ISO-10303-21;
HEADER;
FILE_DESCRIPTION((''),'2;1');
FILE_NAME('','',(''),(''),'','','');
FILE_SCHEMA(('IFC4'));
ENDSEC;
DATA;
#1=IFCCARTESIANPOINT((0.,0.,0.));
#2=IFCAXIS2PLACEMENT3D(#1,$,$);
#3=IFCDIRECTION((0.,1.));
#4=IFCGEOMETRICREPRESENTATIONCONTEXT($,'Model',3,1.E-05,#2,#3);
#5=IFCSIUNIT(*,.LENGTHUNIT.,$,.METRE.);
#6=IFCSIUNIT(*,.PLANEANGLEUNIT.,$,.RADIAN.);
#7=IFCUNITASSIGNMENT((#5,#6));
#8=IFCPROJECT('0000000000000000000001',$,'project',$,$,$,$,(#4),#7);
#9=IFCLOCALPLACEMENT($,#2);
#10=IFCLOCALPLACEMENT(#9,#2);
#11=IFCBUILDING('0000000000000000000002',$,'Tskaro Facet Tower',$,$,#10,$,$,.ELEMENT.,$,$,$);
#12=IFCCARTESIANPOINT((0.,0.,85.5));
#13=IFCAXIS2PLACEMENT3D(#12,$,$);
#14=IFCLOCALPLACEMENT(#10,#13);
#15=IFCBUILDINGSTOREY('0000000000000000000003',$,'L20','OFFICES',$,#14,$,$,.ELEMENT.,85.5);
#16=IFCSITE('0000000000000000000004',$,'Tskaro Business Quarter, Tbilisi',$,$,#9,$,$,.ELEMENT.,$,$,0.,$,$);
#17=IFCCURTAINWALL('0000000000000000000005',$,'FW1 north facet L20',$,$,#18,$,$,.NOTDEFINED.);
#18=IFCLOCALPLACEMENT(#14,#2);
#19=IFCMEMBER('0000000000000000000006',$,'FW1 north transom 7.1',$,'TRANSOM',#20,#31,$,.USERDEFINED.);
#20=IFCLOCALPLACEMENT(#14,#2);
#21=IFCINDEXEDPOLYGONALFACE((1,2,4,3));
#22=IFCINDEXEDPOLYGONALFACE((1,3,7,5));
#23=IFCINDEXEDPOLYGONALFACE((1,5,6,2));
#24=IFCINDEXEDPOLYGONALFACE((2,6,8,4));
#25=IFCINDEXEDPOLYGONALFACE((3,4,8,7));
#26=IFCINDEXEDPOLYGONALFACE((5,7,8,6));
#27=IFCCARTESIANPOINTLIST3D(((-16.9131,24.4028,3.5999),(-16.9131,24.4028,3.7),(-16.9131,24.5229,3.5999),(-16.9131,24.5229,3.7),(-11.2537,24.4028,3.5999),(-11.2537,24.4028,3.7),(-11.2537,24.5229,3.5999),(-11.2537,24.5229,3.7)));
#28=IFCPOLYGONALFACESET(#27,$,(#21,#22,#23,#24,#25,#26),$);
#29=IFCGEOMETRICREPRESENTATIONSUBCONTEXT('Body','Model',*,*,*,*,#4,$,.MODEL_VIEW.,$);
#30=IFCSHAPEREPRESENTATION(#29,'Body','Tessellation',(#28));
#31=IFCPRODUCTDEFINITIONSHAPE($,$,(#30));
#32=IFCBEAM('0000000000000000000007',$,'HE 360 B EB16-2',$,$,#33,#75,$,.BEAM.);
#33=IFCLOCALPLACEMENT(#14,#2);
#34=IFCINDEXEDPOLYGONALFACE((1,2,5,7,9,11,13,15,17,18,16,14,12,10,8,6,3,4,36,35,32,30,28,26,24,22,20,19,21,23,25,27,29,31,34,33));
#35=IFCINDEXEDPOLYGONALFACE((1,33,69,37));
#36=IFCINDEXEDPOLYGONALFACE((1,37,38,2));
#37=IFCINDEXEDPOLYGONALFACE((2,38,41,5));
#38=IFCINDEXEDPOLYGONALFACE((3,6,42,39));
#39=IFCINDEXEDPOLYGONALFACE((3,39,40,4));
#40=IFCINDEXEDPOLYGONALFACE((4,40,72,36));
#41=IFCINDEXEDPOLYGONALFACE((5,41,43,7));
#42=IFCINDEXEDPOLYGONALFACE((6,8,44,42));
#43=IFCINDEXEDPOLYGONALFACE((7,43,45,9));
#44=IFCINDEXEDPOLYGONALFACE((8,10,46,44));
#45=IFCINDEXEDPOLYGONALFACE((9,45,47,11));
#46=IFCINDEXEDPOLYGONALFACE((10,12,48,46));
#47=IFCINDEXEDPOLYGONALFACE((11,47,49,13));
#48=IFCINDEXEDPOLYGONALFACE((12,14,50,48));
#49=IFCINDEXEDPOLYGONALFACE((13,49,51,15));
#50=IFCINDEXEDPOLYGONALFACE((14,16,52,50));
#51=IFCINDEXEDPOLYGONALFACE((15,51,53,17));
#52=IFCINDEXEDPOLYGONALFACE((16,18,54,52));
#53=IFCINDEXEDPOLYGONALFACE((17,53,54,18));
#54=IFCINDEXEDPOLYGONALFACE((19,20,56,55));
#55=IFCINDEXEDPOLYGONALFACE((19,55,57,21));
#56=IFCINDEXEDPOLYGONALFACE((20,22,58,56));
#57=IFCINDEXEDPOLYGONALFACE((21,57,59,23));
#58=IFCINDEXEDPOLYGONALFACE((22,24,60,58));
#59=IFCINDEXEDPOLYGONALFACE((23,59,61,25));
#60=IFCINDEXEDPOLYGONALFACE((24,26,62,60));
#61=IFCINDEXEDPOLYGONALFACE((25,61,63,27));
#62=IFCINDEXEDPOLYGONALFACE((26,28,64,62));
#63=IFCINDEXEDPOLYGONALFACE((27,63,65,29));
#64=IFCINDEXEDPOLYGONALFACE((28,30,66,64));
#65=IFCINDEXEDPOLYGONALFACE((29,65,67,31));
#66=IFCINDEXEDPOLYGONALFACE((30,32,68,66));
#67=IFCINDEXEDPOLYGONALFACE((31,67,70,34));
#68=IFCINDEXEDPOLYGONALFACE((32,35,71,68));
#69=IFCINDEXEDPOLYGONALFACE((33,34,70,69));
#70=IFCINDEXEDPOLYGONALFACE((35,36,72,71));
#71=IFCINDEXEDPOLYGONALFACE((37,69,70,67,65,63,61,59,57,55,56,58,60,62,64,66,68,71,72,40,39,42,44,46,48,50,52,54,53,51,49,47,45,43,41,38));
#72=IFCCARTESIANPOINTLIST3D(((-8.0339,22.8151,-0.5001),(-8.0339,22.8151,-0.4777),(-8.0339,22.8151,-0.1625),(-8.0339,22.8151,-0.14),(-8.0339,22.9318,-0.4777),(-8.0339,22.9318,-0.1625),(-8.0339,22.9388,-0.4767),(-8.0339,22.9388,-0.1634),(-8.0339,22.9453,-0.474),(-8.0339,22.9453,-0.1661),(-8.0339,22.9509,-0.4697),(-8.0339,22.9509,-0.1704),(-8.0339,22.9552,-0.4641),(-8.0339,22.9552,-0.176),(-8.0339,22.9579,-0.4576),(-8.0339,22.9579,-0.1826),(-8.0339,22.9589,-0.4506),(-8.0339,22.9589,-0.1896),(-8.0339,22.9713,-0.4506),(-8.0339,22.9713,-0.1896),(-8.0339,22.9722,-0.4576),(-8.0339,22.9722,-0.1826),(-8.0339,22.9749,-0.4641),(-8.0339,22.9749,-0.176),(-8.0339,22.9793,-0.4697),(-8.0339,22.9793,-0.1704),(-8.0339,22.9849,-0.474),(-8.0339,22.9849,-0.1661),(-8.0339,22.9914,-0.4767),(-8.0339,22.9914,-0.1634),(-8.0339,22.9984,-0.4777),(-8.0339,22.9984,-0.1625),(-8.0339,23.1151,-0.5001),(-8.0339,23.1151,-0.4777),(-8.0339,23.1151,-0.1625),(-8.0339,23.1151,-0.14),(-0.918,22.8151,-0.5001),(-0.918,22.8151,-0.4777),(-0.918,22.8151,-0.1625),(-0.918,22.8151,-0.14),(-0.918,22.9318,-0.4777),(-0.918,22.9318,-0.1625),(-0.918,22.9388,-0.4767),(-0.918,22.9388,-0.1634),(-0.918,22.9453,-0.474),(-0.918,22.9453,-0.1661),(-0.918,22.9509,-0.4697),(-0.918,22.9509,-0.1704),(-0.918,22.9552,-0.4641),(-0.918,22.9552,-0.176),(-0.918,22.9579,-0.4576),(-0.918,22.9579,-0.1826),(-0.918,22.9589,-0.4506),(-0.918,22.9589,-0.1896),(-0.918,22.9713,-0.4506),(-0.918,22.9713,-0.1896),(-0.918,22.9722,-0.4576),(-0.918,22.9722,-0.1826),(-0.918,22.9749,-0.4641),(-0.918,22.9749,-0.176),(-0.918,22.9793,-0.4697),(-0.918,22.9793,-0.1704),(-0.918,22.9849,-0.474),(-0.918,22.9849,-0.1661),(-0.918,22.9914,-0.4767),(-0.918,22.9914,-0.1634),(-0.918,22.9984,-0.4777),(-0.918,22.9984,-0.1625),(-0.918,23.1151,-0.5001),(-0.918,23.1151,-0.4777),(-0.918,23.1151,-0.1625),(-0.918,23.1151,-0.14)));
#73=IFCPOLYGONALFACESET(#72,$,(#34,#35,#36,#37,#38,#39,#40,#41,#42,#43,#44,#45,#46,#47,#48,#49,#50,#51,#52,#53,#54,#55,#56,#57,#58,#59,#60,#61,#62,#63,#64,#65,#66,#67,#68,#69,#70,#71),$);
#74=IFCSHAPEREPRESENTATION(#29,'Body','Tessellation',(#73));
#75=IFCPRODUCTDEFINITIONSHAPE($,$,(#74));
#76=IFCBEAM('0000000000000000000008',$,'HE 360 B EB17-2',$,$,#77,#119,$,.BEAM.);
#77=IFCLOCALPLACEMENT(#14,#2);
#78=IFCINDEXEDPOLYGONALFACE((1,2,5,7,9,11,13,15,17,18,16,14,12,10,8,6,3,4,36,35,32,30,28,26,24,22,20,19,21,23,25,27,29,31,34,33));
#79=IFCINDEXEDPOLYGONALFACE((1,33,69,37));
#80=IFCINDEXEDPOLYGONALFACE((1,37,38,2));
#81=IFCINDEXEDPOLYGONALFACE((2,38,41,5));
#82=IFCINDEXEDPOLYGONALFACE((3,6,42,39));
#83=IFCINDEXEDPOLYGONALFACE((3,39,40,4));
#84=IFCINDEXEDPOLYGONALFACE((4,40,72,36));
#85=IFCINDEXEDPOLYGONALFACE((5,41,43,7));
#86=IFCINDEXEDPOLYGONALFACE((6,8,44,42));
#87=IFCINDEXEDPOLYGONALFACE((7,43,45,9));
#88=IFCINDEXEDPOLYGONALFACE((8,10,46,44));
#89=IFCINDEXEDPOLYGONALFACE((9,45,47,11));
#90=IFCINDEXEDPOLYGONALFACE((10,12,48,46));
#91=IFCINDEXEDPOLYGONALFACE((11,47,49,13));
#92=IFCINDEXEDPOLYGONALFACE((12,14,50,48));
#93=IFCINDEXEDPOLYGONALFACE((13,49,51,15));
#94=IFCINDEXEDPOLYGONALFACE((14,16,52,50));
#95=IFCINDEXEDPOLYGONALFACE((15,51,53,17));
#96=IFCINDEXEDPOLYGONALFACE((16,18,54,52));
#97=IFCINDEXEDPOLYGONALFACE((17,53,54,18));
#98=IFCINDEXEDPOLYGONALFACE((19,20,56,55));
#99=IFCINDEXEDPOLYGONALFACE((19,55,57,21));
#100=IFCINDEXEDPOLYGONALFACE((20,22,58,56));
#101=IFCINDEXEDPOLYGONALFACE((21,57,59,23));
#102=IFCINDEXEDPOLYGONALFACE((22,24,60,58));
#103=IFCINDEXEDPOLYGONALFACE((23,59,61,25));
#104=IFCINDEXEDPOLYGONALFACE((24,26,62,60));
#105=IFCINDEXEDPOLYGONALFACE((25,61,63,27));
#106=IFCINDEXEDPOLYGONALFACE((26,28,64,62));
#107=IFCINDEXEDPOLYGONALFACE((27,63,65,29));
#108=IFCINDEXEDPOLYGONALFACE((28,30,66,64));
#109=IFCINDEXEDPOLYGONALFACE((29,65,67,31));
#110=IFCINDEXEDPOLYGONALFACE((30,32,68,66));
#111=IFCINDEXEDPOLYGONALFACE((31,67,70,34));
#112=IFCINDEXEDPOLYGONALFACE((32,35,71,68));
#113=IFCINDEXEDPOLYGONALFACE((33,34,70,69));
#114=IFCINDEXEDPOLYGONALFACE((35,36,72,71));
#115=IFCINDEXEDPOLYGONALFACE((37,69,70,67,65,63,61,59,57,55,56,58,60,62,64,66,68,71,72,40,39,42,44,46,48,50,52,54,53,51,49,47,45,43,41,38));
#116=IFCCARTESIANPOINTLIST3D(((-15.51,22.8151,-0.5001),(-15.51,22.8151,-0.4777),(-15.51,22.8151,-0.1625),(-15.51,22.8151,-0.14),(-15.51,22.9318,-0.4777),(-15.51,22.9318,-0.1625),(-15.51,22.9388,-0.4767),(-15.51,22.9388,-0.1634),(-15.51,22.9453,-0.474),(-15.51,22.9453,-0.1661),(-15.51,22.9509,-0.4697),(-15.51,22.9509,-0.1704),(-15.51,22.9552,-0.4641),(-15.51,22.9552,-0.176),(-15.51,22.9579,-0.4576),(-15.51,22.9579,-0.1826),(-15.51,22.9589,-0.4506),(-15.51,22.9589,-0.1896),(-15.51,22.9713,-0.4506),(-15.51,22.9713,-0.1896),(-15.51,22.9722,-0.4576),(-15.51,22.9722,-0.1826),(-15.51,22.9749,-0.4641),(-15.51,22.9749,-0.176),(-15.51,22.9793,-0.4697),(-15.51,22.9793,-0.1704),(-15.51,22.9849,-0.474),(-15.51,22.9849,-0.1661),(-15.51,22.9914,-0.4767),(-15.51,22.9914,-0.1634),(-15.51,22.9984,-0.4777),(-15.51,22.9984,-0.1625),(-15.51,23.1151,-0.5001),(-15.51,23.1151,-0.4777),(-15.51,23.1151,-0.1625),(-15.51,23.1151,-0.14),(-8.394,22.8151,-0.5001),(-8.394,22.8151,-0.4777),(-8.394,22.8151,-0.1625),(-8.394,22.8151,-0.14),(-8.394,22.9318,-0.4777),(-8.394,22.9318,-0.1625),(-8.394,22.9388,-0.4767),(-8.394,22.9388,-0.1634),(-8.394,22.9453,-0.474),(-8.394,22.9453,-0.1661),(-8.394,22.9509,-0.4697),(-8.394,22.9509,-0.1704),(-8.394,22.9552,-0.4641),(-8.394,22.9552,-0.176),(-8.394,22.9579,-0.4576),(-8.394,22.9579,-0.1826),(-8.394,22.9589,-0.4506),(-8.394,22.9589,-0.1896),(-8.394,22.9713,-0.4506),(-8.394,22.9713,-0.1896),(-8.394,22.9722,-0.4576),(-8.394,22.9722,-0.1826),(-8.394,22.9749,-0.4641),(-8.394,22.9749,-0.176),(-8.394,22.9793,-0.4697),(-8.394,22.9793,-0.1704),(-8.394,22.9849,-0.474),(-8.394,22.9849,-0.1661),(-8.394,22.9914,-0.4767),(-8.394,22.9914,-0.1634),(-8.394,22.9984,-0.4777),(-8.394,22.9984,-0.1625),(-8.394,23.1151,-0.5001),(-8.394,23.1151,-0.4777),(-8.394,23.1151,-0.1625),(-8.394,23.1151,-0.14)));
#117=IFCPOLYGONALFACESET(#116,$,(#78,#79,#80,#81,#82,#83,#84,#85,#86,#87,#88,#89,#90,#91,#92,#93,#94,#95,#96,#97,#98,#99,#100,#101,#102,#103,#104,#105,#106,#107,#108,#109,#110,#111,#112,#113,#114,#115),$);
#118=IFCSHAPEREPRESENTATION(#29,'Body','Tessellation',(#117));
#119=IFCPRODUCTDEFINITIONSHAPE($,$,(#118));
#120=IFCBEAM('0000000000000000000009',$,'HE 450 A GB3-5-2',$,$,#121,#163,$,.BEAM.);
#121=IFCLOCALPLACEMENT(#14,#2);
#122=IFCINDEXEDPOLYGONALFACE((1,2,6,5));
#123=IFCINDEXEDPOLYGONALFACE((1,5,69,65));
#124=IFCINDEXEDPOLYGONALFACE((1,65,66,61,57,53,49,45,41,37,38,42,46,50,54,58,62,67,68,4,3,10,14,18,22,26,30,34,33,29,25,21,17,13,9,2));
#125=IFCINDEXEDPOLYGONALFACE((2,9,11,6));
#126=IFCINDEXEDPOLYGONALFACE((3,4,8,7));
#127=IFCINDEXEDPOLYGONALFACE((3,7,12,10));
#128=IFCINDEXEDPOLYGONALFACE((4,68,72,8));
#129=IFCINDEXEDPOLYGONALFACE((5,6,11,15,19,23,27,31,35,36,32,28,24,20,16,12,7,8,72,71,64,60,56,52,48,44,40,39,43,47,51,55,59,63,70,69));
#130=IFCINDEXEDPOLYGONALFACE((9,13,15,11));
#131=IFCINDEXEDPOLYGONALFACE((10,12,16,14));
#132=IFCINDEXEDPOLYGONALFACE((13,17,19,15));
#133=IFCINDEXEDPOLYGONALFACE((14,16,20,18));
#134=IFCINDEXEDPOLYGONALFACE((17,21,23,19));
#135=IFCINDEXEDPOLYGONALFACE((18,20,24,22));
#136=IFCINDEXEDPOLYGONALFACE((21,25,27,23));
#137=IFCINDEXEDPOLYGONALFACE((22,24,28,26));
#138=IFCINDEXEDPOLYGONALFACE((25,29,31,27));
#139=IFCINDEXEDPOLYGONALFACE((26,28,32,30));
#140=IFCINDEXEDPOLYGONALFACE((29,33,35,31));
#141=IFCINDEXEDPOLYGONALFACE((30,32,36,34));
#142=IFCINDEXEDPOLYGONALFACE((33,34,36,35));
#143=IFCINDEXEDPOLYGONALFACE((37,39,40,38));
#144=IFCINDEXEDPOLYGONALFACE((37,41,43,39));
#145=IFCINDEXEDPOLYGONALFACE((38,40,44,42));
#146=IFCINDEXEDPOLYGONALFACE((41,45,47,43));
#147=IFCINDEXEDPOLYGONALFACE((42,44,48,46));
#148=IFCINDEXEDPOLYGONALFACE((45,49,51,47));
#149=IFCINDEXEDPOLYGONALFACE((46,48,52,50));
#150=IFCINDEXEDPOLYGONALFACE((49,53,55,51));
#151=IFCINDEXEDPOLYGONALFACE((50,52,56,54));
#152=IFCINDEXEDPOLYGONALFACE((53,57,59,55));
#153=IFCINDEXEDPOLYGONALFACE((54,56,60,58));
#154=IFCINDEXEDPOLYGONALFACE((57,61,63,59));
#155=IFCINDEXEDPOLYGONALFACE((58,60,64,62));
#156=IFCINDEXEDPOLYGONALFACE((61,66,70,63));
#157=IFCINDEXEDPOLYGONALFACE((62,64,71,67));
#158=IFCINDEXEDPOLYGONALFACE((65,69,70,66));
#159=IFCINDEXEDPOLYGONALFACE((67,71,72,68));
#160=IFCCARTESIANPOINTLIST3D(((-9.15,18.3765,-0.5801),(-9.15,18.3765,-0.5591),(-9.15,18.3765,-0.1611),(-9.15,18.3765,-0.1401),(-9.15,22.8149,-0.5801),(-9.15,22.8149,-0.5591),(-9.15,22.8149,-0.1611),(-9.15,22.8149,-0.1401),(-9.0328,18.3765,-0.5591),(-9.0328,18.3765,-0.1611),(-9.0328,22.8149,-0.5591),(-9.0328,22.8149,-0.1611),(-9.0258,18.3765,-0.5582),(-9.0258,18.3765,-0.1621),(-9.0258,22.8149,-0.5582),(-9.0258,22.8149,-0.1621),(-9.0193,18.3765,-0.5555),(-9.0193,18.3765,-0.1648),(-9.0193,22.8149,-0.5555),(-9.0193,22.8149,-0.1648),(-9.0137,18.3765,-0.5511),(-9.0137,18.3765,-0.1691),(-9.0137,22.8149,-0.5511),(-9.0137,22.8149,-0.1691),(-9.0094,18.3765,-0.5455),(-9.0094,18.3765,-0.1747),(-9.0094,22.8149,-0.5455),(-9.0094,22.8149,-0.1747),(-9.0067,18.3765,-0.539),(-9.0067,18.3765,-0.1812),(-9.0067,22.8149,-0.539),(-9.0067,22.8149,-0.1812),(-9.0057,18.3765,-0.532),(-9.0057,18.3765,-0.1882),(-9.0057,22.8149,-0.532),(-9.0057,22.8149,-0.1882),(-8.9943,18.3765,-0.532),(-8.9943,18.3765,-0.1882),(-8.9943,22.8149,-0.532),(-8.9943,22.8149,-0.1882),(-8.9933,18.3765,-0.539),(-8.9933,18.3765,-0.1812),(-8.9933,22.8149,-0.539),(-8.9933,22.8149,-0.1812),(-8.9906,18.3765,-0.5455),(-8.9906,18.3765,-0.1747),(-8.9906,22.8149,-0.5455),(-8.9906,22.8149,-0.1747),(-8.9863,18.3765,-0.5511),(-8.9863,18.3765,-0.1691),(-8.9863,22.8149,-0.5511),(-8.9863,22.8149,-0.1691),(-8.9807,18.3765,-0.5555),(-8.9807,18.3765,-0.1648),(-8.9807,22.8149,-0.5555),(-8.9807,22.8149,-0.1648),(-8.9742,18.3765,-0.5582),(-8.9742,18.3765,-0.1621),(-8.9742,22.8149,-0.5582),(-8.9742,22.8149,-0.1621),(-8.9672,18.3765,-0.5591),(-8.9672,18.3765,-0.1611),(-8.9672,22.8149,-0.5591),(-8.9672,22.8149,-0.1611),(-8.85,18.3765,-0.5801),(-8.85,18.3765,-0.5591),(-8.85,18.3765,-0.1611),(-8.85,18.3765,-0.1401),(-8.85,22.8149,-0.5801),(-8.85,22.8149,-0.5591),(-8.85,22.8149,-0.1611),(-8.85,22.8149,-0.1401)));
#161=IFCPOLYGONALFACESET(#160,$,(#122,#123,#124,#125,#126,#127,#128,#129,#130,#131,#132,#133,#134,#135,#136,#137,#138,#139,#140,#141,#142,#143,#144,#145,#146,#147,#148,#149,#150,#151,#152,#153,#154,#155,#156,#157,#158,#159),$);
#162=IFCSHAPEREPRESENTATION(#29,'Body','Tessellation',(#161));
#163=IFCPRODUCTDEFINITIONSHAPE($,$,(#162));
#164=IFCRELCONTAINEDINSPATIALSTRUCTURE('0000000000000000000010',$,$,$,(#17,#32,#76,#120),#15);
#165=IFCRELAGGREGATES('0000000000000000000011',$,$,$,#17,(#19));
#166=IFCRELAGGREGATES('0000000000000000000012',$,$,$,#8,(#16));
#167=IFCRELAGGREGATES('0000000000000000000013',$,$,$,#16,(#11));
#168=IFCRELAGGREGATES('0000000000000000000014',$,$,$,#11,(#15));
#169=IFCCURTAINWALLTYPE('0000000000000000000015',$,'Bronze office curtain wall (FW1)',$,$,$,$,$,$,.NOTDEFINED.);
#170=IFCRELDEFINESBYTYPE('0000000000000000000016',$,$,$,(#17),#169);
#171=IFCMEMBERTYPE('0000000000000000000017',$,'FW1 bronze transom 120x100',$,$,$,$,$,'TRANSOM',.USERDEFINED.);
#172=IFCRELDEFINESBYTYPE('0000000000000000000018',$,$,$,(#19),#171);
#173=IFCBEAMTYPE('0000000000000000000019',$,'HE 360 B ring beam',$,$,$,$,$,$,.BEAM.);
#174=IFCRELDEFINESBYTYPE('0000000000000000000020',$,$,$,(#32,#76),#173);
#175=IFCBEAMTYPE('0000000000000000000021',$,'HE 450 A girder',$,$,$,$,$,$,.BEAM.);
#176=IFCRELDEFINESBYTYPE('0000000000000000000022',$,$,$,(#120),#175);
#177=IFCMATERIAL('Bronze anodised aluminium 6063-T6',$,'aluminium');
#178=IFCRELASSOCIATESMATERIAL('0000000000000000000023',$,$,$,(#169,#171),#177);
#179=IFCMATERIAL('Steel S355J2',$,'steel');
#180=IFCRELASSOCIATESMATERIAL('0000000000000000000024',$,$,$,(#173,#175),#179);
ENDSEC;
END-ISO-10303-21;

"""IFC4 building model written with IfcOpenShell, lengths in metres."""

from ifc_helpers import new_model, si_unit, direction, frame, origin, origin_2d, place, context, subcontext, project, spatial, rectangle, i_section, extrude, material, material_profile, profile_set, type_object, element, aggregate, save


model = new_model("IFC4")

# Units and contexts
model_context = context("Model", 3, precision=1e-05, world=origin(), true_north=direction((0.0, 1.0)))
body_context = subcontext(model_context, "Body", "Model", "MODEL_VIEW")
ifc_project = project(units=[si_unit("LENGTHUNIT", "METRE"), si_unit("PLANEANGLEUNIT", "RADIAN")], contexts=[model_context])

# Site, building, storey
site_placement = place(None, origin())
site = spatial("IfcSite", under=ifc_project, at=site_placement, Name="Tskaro Business Quarter, Tbilisi", CompositionType="ELEMENT", RefElevation=0.0)
building_placement = place(site_placement, origin())
building = spatial("IfcBuilding", under=site, at=building_placement, Name="Tskaro Facet Tower", CompositionType="ELEMENT")
storey_placement = place(building_placement, frame((0.0, 0.0, 85.5)))
storey = spatial("IfcBuildingStorey", under=building, at=storey_placement, Name="L20", Description="OFFICES", CompositionType="ELEMENT", Elevation=85.5)

# Curtain wall, member
ifc_material_1 = material(Name="Bronze anodised aluminium 6063-T6", Category="aluminium")
curtain_wall_type = type_object("IfcCurtainWallType", Name="Bronze office curtain wall (FW1)", PredefinedType="NOTDEFINED", material=ifc_material_1)
curtain_wall_placement = place(storey_placement, origin())
curtain_wall = element("IfcCurtainWall", 1, at=curtain_wall_placement, inside=storey, type_object=curtain_wall_type, Name="FW1 north facet L20", PredefinedType="NOTDEFINED")
ifc_material_profile_1 = material_profile(ifc_material_1, rectangle(XDim=0.1201, YDim=0.1001, at=origin_2d()), Name="Transom 120x100")
ifc_profile_set_1 = profile_set([ifc_material_profile_1], Name="Bronze anodised aluminium 6063-T6")
member_type_1 = type_object("IfcMemberType", Name="FW1 bronze transom 120x100", ElementType="TRANSOM", PredefinedType="USERDEFINED", material=ifc_profile_set_1)
member_1_placement = place(storey_placement, frame((-11.2537, 24.4629, 3.6499), z_axis=(-1.0, 0.0, 0.0), x_axis=(0.0, -1.0, 0.0)))
member_1 = element("IfcMember", 2, at=member_1_placement, type_object=member_type_1, Name="FW1 north transom 7.1", ObjectType="TRANSOM", PredefinedType="USERDEFINED", context=body_context, shape_type="SweptSolid", body=[
    extrude(rectangle(XDim=0.1201, YDim=0.1001, at=origin_2d()), origin(), (0.0, 0.0, 1.0), 5.6594),
])

# Beams
ifc_material_2 = material(Name="Steel S355J2", Category="steel")
ifc_material_profile_2 = material_profile(ifc_material_2, i_section(OverallWidth=0.3, OverallDepth=0.3601, WebThickness=0.0125, FlangeThickness=0.0225, FilletRadius=0.0271, at=origin_2d()), Name="HE 360 B")
ifc_profile_set_2 = profile_set([ifc_material_profile_2], Name="Steel S355J2")
beam_type_1 = type_object("IfcBeamType", Name="HE 360 B ring beam", PredefinedType="BEAM", material=ifc_profile_set_2)
for number, where, z_axis, x_axis, name in (
    (3, (-0.918, 22.9651, -0.3201), (-1.0, 0.0, 0.0), (0.0, -1.0, 0.0), "HE 360 B EB16-2"),
    (4, (-8.394, 22.9651, -0.3201), (-1.0, 0.0, 0.0), (0.0, -1.0, 0.0), "HE 360 B EB17-2"),
):
    element("IfcBeam", number, at=place(storey_placement, frame(where, z_axis=z_axis, x_axis=x_axis)), inside=storey, type_object=beam_type_1, Name=name, PredefinedType="BEAM", context=body_context, shape_type="SweptSolid", body=[
        extrude(i_section(OverallWidth=0.3, OverallDepth=0.3601, WebThickness=0.0125, FlangeThickness=0.0225, FilletRadius=0.0271, at=origin_2d()), origin(), (0.0, 0.0, 1.0), 7.116),
    ])
ifc_material_profile_3 = material_profile(ifc_material_2, i_section(OverallWidth=0.3, OverallDepth=0.4399, WebThickness=0.0115, FlangeThickness=0.021, FilletRadius=0.0271, at=origin_2d()), Name="HE 450 A")
ifc_profile_set_3 = profile_set([ifc_material_profile_3], Name="Steel S355J2")
beam_type_2 = type_object("IfcBeamType", Name="HE 450 A girder", PredefinedType="BEAM", material=ifc_profile_set_3)
for number, where, z_axis, x_axis, name in (
    (5, (-9.0, 18.3765, -0.3601), (0.0, 1.0, 0.0), (-1.0, 0.0, 0.0), "HE 450 A GB3-5-2"),
):
    element("IfcBeam", number, at=place(storey_placement, frame(where, z_axis=z_axis, x_axis=x_axis)), inside=storey, type_object=beam_type_2, Name=name, PredefinedType="BEAM", context=body_context, shape_type="SweptSolid", body=[
        extrude(i_section(OverallWidth=0.3, OverallDepth=0.4399, WebThickness=0.0115, FlangeThickness=0.021, FilletRadius=0.0271, at=origin_2d()), origin(), (0.0, 0.0, 1.0), 4.4385),
    ])

aggregate(curtain_wall, [member_1])

save(model, "model.ifc")
